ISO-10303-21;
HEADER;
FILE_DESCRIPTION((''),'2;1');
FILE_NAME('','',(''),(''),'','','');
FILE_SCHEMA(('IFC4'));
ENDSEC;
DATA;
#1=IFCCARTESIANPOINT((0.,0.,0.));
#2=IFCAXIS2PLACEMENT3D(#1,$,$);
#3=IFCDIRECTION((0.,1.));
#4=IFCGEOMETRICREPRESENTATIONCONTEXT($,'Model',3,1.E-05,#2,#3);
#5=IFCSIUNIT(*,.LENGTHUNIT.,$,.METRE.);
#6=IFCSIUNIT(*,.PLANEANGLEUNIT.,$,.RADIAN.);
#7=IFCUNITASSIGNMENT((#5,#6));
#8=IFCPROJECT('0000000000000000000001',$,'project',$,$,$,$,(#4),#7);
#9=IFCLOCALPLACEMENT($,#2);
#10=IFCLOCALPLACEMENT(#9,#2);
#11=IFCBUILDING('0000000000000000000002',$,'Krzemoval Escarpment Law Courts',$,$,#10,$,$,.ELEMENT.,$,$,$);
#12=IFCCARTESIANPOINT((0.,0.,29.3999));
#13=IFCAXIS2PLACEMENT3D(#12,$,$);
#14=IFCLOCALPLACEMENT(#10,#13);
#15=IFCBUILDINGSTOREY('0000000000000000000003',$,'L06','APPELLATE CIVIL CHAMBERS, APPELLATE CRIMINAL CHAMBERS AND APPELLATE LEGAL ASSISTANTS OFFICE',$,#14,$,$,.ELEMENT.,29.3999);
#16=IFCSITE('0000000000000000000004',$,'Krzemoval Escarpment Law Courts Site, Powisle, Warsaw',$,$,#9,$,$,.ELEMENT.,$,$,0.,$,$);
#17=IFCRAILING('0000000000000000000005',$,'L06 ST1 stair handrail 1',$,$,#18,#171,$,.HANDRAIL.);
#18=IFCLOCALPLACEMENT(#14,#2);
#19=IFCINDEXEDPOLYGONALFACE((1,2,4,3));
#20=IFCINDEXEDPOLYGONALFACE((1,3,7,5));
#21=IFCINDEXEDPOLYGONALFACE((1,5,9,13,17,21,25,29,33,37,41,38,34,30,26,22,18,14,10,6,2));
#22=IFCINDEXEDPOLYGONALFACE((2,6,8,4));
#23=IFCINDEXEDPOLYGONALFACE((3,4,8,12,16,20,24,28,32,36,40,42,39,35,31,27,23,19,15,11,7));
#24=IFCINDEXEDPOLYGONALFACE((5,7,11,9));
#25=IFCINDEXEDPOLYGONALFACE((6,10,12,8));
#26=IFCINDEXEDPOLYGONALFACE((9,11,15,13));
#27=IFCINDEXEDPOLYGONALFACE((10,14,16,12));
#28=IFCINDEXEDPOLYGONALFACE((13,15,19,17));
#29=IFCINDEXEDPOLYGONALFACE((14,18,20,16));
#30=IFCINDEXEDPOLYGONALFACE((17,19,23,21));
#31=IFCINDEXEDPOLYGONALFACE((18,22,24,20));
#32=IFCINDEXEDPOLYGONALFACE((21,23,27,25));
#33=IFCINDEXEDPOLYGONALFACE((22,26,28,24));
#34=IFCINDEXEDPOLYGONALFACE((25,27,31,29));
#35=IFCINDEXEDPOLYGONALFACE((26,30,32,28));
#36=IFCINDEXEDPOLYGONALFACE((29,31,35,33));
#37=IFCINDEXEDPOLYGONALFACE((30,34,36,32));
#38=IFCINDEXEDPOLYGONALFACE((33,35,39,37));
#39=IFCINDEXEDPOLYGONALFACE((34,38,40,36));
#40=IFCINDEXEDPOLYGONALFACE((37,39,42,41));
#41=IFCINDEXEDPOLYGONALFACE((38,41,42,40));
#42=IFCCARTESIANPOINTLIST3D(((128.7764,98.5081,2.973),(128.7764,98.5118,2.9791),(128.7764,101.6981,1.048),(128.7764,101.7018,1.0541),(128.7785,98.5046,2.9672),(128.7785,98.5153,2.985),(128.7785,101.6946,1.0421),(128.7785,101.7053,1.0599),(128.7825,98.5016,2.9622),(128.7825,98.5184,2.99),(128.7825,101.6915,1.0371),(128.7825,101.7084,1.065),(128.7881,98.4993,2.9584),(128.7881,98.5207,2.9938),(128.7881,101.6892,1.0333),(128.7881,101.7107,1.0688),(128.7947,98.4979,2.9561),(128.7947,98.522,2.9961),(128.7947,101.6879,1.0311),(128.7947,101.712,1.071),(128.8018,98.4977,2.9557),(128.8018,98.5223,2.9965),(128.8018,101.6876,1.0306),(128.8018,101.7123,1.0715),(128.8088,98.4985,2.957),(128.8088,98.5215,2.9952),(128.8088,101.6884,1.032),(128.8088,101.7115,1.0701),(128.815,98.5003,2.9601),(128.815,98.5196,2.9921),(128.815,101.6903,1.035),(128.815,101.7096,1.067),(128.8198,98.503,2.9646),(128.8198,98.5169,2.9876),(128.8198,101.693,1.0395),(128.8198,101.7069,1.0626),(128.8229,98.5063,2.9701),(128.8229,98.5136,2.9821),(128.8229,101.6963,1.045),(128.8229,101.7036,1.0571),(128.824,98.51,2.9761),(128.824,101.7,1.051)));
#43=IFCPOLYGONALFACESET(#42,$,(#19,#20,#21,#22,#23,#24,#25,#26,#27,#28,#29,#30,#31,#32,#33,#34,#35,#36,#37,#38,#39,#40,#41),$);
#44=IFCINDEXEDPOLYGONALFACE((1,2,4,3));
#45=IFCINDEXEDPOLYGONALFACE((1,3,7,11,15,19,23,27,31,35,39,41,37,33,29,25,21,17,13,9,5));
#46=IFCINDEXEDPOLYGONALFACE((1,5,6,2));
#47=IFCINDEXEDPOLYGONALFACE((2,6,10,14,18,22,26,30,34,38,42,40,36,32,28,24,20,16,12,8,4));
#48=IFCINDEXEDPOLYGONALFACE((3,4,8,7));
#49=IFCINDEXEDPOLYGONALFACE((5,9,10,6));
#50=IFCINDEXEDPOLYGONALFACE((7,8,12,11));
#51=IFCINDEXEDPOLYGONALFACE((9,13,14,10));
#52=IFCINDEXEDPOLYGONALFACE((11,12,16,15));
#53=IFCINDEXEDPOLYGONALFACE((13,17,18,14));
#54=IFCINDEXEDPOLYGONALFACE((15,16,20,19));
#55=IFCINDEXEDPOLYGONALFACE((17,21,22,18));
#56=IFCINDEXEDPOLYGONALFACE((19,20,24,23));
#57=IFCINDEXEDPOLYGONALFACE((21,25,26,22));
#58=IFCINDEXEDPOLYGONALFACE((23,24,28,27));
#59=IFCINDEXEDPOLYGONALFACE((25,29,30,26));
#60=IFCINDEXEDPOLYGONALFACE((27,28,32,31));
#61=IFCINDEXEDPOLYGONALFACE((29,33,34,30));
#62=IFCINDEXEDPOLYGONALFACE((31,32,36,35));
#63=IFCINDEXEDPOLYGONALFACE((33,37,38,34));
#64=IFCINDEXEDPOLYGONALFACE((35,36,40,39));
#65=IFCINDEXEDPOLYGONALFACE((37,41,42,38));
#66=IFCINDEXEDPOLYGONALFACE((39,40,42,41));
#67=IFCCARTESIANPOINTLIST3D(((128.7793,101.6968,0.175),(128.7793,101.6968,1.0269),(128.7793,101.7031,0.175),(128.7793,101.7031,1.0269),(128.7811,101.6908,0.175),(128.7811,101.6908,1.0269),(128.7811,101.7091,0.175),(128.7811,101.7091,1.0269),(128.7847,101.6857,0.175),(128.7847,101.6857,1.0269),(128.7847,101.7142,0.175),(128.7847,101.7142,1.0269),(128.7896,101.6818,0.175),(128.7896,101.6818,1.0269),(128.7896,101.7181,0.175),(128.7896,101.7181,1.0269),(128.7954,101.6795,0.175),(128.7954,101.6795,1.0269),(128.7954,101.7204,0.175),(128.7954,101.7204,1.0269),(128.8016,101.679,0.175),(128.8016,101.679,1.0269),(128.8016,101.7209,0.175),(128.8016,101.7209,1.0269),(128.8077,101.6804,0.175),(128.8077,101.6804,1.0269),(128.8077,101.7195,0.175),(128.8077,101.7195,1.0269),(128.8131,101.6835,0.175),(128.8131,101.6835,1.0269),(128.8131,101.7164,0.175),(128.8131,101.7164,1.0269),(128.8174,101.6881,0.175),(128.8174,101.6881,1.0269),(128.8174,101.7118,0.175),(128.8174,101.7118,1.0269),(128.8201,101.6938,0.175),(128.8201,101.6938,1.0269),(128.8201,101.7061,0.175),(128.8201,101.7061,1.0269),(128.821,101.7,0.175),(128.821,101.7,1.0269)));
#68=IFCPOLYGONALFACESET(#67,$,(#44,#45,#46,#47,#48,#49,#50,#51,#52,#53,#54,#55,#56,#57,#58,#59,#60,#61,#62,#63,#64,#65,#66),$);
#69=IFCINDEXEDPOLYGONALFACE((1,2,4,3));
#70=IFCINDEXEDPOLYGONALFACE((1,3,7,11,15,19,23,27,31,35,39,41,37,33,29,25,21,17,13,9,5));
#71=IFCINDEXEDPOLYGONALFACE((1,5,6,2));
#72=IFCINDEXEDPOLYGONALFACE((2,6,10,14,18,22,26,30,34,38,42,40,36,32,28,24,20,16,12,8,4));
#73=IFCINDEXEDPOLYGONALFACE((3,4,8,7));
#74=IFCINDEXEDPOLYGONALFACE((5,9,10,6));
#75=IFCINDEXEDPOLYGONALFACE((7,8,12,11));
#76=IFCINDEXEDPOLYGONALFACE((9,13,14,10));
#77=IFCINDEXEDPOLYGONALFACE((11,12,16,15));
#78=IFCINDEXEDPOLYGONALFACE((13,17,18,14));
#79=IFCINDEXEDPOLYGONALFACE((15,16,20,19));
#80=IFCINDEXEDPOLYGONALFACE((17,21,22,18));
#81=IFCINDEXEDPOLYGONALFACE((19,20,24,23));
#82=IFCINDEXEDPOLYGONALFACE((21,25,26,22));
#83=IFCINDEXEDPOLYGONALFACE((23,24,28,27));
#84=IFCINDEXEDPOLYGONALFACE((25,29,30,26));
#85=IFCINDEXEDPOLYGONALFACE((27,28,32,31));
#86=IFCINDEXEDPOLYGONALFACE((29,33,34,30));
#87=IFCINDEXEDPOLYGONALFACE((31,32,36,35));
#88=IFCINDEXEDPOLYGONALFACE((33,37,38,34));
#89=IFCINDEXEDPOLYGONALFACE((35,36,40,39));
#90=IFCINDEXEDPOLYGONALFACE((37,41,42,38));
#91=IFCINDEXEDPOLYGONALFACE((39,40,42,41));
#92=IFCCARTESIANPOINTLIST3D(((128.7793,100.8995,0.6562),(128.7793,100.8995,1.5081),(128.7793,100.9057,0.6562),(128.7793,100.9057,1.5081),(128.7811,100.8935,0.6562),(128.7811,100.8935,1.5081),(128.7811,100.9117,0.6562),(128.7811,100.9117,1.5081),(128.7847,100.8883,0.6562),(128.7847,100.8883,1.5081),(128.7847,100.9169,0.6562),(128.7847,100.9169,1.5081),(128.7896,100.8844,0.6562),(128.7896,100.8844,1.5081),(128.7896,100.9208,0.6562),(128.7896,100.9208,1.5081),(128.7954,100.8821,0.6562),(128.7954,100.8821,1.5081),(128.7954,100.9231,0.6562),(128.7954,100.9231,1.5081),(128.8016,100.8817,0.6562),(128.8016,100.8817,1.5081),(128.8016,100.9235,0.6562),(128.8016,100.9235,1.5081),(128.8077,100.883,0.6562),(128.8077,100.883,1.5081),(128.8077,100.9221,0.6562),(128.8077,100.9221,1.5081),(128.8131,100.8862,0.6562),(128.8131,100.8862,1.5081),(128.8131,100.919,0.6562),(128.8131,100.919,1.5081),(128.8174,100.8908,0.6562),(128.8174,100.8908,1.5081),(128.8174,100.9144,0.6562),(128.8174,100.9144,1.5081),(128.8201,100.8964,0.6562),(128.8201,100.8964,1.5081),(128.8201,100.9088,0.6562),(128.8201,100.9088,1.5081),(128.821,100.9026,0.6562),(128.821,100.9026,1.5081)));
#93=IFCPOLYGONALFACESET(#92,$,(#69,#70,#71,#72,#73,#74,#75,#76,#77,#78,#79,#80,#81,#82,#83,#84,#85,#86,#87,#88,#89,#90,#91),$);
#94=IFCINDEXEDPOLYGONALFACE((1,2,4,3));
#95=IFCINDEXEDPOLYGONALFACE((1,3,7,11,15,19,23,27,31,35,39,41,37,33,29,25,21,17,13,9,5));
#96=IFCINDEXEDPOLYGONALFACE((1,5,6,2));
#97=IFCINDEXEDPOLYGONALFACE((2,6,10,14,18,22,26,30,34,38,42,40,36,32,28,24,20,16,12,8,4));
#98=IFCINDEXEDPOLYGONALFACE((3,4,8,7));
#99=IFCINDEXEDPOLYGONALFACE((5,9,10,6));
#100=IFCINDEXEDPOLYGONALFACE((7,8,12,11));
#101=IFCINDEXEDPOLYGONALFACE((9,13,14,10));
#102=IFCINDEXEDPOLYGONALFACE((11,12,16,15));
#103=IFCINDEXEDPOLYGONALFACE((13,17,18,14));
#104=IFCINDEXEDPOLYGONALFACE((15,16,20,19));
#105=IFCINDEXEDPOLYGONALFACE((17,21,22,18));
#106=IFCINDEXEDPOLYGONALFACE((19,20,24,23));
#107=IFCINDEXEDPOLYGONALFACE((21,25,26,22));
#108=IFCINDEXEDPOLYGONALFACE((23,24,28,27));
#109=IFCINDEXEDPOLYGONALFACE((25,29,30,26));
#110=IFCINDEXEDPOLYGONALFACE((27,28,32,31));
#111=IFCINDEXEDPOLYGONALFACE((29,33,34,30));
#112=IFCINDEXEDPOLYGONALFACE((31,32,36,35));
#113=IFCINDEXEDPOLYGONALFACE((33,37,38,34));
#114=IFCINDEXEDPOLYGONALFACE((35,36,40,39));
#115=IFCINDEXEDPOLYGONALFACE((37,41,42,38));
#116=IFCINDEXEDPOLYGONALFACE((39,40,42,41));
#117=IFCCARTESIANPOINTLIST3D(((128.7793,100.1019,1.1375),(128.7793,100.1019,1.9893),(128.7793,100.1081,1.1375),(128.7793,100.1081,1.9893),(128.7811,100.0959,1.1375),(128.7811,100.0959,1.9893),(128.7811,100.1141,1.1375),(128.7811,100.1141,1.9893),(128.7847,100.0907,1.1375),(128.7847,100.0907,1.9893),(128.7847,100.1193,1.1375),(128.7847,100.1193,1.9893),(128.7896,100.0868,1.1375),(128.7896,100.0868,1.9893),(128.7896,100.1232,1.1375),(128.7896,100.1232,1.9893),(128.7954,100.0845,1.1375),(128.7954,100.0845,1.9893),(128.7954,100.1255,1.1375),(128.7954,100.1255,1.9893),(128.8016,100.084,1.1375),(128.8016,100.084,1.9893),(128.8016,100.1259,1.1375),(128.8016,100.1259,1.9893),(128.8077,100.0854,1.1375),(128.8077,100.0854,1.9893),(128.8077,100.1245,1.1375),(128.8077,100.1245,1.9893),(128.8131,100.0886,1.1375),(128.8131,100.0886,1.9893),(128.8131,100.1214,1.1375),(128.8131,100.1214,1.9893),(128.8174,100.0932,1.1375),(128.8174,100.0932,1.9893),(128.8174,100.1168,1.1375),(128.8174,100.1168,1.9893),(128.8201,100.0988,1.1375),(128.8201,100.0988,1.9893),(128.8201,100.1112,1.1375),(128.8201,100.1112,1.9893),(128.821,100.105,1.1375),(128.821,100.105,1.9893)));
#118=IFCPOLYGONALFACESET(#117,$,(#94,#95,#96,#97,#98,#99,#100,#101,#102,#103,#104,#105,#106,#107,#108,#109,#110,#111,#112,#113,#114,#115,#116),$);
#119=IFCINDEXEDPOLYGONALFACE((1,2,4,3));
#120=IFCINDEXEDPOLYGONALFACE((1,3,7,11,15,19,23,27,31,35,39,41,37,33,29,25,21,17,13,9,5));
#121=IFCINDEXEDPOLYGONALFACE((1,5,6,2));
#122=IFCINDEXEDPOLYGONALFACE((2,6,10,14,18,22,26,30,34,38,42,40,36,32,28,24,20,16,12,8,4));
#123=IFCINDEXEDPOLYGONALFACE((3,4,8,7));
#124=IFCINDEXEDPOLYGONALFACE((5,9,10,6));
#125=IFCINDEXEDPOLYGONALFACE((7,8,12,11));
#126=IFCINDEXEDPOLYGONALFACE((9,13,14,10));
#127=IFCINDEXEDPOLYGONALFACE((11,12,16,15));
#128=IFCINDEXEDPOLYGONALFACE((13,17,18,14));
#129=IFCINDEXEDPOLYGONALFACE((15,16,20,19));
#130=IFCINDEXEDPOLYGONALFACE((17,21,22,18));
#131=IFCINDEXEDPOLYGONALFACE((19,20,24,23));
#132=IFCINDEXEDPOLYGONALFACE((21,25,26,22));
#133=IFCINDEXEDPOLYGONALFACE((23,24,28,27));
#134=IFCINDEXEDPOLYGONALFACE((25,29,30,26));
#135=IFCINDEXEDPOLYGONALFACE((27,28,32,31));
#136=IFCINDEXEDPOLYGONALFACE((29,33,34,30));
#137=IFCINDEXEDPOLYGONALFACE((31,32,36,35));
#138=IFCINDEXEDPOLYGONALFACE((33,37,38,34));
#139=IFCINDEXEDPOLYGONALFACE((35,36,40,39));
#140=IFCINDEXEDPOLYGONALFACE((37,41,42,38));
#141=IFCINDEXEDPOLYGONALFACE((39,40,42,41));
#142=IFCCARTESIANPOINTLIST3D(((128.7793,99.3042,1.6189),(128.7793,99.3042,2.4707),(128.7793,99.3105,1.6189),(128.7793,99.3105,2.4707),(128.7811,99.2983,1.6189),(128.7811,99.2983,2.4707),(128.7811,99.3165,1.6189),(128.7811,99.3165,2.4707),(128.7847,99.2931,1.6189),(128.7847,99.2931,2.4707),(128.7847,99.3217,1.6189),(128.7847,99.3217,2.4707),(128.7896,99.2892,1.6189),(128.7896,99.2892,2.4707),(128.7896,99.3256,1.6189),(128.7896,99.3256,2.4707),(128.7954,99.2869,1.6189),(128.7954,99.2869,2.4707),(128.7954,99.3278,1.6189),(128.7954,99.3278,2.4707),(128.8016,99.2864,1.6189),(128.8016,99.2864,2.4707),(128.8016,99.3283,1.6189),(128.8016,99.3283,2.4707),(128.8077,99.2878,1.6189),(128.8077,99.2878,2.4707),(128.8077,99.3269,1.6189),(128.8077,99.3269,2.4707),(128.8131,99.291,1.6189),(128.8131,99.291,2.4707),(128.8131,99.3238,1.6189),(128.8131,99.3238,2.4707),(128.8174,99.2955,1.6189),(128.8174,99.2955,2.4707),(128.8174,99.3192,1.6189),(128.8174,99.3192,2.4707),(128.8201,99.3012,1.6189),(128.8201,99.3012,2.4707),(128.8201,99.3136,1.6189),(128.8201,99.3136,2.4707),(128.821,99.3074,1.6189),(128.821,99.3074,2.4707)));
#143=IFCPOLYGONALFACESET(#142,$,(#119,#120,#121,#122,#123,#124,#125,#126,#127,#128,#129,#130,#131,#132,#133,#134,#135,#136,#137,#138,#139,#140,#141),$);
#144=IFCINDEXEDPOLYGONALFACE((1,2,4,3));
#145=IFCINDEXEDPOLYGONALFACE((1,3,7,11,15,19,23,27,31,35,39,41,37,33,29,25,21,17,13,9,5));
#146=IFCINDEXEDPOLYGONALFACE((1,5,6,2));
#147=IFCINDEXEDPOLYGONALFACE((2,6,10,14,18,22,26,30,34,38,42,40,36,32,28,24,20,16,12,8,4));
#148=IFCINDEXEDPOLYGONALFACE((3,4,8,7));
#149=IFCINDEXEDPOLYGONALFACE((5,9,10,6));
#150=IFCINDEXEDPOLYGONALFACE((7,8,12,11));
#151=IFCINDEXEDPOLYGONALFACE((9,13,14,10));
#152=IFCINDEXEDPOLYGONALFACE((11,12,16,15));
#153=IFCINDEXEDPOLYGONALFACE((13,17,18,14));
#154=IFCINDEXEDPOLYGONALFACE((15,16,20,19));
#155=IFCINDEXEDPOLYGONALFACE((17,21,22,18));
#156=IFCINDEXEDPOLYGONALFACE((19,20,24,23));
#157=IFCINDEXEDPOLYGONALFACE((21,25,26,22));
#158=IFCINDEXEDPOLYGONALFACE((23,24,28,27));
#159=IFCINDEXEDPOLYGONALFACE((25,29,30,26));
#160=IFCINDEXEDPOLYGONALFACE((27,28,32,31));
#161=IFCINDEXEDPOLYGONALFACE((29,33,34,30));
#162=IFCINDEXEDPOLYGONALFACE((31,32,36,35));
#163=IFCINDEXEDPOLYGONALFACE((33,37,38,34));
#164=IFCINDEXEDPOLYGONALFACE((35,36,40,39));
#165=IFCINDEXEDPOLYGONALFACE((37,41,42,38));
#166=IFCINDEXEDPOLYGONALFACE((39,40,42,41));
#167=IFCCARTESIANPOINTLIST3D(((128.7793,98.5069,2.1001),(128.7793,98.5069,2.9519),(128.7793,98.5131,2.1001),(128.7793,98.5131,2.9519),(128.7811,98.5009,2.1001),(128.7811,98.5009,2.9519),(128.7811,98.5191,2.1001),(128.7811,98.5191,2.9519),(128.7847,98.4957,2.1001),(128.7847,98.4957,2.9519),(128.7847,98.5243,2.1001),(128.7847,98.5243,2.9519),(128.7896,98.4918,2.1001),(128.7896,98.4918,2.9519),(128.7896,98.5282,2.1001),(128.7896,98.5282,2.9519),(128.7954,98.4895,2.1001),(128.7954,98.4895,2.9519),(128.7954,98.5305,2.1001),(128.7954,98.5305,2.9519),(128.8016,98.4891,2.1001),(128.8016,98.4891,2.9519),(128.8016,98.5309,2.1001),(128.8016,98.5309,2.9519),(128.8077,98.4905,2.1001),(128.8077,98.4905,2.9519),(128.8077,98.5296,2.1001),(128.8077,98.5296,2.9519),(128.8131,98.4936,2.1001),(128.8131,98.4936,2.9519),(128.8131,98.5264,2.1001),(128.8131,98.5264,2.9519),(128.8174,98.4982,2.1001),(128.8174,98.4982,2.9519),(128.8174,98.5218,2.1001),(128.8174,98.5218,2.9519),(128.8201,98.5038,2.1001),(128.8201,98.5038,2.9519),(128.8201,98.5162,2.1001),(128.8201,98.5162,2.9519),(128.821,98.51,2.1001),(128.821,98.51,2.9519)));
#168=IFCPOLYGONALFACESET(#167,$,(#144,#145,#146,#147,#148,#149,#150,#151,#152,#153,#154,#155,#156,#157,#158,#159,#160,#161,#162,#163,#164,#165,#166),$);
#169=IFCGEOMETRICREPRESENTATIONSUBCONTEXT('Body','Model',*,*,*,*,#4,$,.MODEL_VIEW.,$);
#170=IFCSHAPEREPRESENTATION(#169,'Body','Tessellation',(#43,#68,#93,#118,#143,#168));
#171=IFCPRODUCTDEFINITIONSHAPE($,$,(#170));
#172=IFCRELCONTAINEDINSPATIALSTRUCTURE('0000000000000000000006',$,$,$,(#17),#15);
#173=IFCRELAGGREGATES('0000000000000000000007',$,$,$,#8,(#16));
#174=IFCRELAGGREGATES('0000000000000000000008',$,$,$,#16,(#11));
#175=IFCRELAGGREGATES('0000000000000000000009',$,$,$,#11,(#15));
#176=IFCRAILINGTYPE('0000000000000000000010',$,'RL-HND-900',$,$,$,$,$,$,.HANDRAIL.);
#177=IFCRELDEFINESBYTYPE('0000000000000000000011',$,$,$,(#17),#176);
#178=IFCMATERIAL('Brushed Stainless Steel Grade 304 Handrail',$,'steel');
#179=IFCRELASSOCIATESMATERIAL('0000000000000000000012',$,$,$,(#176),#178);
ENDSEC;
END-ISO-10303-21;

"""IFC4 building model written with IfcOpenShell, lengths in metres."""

from ifc_helpers import new_model, si_unit, direction, frame, origin, origin_2d, place, context, subcontext, project, spatial, circle, extrude, material, type_object, element, save


model = new_model("IFC4")

# Units and contexts
model_context = context("Model", 3, precision=1e-05, world=origin(), true_north=direction((0.0, 1.0)))
body_context = subcontext(model_context, "Body", "Model", "MODEL_VIEW")
ifc_project = project(units=[si_unit("LENGTHUNIT", "METRE"), si_unit("PLANEANGLEUNIT", "RADIAN")], contexts=[model_context])

# Site, building, storey
site_placement = place(None, origin())
site = spatial("IfcSite", under=ifc_project, at=site_placement, Name="Krzemoval Escarpment Law Courts Site, Powisle, Warsaw", CompositionType="ELEMENT", RefElevation=0.0)
building_placement = place(site_placement, origin())
building = spatial("IfcBuilding", under=site, at=building_placement, Name="Krzemoval Escarpment Law Courts", CompositionType="ELEMENT")
storey_placement = place(building_placement, frame((0.0, 0.0, 29.3999)))
storey = spatial("IfcBuildingStorey", under=building, at=storey_placement, Name="L06", Description="APPELLATE CIVIL CHAMBERS, APPELLATE CRIMINAL CHAMBERS AND APPELLATE LEGAL ASSISTANTS OFFICE", CompositionType="ELEMENT", Elevation=29.3999)

# Railing
ifc_material_1 = material(Name="Brushed Stainless Steel Grade 304 Handrail", Category="steel")
railing_type_1 = type_object("IfcRailingType", Name="RL-HND-900", PredefinedType="HANDRAIL", material=ifc_material_1)
railing_1_placement = place(storey_placement, frame((128.8, 101.7, 0.175)))
element("IfcRailing", 1, at=railing_1_placement, inside=storey, type_object=railing_type_1, Name="L06 ST1 stair handrail 1", PredefinedType="HANDRAIL", context=body_context, shape_type="SweptSolid", body=[
    extrude(circle(Radius=0.0239, at=origin_2d()), frame((0.0, 0.0, 0.876), z_axis=(0.0, -0.856178, 0.516682), x_axis=(1.0, 0.0, 0.0)), (0.0, 0.0, 1.0), 3.7258),
    extrude(circle(Radius=0.021, at=origin_2d()), origin(), (0.0, 0.0, 1.0), 0.8518),
    extrude(circle(Radius=0.021, at=origin_2d()), frame((0.0, -0.7974, 0.4812)), (0.0, 0.0, 1.0), 0.8518),
    extrude(circle(Radius=0.021, at=origin_2d()), frame((0.0, -1.595, 0.9624)), (0.0, 0.0, 1.0), 0.8518),
    extrude(circle(Radius=0.021, at=origin_2d()), frame((0.0, -2.3926, 1.4438)), (0.0, 0.0, 1.0), 0.8518),
    extrude(circle(Radius=0.021, at=origin_2d()), frame((0.0, -3.1899, 1.925)), (0.0, 0.0, 1.0), 0.8518),
])

save(model, "model.ifc")
